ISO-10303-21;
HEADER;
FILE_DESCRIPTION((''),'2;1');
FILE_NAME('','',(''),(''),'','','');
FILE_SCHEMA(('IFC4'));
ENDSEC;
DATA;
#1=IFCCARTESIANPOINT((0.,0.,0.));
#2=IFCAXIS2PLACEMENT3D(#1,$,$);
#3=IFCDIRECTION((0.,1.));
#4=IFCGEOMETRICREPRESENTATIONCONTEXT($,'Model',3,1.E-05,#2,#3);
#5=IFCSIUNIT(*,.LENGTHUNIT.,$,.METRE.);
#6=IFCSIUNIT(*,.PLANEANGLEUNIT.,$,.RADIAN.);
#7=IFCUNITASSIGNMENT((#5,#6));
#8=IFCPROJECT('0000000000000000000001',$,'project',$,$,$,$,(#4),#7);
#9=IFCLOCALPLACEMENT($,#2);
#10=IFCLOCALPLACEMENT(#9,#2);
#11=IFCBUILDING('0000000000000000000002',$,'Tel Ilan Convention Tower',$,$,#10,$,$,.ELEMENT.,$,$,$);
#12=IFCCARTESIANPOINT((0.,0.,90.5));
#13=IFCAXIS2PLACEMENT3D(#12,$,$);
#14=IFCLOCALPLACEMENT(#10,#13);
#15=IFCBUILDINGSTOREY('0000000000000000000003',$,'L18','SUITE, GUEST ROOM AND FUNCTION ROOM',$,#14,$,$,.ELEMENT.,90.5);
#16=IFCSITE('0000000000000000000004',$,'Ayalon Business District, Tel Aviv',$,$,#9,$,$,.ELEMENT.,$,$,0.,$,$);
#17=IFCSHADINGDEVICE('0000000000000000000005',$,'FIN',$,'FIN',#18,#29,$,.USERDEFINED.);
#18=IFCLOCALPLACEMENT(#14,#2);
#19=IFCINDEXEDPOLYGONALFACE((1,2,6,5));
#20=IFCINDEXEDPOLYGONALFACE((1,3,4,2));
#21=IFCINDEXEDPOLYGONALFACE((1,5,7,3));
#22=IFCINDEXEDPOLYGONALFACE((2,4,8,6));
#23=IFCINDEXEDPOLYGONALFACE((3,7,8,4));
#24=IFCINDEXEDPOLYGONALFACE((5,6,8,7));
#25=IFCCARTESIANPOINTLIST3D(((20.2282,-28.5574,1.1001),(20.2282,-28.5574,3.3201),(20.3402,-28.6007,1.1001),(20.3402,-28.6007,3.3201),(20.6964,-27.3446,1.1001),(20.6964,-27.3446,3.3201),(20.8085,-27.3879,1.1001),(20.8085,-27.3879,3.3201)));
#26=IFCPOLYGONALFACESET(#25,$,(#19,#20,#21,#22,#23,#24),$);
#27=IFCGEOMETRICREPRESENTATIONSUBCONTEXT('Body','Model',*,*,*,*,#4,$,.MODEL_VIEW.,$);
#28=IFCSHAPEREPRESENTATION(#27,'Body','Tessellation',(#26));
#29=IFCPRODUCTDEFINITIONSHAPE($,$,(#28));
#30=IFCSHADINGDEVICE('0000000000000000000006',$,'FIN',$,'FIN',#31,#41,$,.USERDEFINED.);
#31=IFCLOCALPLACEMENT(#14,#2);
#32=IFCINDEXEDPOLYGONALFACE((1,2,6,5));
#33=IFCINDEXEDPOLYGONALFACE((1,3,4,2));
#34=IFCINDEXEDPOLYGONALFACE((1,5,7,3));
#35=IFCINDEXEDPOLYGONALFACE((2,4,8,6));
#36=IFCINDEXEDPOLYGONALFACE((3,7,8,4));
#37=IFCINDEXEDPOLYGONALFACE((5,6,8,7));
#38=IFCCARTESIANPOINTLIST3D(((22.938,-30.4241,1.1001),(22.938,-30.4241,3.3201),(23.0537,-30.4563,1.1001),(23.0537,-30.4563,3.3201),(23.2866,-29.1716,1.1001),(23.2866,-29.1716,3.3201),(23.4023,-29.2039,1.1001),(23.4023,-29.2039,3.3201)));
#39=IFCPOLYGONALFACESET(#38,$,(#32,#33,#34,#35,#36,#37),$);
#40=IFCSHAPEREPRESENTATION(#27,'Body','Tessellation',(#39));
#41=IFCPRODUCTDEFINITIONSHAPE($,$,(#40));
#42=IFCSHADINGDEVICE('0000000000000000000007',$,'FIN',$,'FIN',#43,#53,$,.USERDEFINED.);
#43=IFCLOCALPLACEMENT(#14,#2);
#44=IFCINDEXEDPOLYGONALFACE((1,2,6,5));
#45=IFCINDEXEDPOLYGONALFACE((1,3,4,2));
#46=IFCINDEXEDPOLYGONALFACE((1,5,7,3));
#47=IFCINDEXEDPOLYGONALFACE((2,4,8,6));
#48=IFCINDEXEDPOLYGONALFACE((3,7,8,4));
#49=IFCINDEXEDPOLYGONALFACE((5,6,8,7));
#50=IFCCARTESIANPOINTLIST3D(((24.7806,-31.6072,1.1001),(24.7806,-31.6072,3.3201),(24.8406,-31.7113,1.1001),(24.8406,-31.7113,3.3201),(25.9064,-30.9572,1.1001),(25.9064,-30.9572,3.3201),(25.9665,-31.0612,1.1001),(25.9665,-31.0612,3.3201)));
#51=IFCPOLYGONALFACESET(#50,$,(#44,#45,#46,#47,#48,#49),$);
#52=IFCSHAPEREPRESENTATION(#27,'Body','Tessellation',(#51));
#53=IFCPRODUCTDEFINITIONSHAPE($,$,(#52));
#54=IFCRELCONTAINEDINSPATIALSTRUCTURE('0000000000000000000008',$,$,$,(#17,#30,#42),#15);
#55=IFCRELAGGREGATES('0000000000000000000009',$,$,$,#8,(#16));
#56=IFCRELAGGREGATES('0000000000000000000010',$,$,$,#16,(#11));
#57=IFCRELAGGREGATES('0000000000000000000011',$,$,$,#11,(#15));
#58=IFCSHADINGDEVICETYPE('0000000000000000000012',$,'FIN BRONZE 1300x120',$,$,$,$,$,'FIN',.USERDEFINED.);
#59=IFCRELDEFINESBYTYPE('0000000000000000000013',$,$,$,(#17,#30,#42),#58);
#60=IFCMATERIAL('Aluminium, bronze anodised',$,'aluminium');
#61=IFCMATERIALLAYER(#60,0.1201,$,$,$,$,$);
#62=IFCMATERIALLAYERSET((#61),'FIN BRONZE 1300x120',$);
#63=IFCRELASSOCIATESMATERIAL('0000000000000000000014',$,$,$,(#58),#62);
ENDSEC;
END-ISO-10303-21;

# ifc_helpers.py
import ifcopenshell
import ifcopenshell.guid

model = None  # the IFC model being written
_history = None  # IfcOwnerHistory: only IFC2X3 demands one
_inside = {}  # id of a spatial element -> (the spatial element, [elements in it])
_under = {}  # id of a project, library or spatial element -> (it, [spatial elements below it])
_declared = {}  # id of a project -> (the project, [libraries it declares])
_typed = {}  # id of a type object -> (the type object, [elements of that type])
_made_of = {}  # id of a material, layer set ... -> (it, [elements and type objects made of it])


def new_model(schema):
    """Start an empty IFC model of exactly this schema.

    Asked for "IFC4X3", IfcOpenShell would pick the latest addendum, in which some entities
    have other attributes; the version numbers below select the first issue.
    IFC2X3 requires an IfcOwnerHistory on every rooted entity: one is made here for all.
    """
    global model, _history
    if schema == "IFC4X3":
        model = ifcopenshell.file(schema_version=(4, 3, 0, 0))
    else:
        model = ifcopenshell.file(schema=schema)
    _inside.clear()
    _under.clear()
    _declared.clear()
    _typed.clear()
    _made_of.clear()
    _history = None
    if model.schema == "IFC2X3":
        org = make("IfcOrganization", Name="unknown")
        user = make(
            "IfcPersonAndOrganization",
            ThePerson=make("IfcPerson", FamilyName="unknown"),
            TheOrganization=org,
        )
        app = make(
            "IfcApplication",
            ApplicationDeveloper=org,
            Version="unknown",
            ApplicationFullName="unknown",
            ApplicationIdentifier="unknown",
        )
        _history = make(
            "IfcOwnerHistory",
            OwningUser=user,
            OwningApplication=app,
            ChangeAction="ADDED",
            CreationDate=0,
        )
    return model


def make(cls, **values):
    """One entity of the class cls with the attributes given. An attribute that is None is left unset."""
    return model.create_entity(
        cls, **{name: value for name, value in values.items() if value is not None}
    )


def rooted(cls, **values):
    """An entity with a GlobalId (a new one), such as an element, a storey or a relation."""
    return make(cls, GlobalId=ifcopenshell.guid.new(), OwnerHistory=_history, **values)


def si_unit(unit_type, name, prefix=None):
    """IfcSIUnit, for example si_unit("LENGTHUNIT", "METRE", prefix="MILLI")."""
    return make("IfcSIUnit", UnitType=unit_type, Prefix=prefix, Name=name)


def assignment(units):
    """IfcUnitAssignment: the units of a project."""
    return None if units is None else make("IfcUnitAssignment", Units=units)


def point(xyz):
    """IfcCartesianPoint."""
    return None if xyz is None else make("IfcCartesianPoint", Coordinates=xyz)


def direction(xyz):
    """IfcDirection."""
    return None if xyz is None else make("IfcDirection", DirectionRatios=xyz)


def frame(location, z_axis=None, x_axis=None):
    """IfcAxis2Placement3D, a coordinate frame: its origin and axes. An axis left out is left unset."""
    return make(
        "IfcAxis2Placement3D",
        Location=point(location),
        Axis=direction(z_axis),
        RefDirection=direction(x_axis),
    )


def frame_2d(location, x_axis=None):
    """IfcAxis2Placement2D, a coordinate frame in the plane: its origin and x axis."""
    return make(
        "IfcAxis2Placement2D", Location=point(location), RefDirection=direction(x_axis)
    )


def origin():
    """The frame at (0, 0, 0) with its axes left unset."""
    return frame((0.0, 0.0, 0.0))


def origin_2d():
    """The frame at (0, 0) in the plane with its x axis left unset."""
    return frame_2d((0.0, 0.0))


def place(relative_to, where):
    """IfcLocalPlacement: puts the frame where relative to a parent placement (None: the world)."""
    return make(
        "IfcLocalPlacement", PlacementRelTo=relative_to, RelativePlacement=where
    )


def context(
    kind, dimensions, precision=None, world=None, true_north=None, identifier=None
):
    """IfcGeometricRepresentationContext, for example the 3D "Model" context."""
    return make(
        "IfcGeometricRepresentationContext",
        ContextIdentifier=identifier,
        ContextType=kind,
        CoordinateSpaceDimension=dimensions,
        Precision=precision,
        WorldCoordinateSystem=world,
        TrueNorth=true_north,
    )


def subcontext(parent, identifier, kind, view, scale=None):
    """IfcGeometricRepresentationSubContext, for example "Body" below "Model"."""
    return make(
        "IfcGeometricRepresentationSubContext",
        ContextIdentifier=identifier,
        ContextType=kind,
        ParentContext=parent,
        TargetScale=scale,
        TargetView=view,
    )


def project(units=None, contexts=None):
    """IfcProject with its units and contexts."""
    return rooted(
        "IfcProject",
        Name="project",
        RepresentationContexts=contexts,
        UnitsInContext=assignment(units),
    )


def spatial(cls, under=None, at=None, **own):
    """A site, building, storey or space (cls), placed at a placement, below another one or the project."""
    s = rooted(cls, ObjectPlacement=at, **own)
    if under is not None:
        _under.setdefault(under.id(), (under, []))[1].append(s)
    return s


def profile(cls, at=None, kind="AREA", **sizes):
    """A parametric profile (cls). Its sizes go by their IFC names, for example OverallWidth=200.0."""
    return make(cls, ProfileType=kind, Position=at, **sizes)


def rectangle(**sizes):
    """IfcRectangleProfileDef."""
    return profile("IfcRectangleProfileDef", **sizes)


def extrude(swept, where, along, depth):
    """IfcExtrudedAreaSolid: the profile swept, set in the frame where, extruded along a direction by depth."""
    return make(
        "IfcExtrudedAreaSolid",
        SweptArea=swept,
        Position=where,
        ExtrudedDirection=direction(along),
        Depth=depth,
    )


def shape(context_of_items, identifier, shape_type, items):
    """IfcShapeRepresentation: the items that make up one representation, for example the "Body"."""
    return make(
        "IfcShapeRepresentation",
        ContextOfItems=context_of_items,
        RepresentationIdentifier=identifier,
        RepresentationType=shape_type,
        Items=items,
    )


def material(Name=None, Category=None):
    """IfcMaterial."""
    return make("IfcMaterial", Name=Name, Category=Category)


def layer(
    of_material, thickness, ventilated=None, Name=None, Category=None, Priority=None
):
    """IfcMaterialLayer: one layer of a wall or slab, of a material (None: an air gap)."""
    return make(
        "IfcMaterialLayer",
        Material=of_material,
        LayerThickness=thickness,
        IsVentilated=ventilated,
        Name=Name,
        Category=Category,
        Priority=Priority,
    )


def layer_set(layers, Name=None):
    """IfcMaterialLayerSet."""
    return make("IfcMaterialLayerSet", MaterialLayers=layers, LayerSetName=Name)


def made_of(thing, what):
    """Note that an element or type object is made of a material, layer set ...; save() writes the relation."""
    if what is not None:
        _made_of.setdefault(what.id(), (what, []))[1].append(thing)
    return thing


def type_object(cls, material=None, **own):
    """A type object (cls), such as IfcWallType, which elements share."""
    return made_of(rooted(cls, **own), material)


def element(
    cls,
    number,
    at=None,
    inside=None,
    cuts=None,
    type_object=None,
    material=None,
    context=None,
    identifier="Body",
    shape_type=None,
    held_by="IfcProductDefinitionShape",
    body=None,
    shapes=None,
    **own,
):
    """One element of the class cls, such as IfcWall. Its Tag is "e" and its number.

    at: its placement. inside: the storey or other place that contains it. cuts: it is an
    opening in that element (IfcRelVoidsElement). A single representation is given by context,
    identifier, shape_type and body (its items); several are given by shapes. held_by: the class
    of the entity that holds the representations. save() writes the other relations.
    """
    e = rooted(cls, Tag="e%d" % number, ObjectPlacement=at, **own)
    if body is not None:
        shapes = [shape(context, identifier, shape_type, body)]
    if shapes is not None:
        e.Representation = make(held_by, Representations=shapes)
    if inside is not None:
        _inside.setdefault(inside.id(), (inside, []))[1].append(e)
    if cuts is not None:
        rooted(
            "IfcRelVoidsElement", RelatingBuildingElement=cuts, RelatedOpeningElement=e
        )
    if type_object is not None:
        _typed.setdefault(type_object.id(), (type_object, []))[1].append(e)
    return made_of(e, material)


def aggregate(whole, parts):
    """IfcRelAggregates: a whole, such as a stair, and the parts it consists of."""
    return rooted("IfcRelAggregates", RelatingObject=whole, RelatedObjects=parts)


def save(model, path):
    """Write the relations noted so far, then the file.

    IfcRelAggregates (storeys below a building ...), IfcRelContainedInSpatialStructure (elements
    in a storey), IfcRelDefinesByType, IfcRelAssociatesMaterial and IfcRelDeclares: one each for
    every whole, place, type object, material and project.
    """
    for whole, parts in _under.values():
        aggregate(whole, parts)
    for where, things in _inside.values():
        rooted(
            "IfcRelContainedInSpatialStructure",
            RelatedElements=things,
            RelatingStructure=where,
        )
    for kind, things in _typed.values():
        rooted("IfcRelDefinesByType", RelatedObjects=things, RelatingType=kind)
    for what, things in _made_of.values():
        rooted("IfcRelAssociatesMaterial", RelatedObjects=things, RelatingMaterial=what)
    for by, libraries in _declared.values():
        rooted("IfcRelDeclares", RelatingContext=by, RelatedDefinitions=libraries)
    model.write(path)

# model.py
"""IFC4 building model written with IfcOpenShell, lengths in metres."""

from ifc_helpers import new_model, si_unit, direction, frame, origin, origin_2d, place, context, subcontext, project, spatial, rectangle, extrude, material, layer, layer_set, type_object, element, save


model = new_model("IFC4")

# Units and contexts
model_context = context("Model", 3, precision=1e-05, world=origin(), true_north=direction((0.0, 1.0)))
body_context = subcontext(model_context, "Body", "Model", "MODEL_VIEW")
ifc_project = project(units=[si_unit("LENGTHUNIT", "METRE"), si_unit("PLANEANGLEUNIT", "RADIAN")], contexts=[model_context])

# Site, building, storey
site_placement = place(None, origin())
site = spatial("IfcSite", under=ifc_project, at=site_placement, Name="Ayalon Business District, Tel Aviv", CompositionType="ELEMENT", RefElevation=0.0)
building_placement = place(site_placement, origin())
building = spatial("IfcBuilding", under=site, at=building_placement, Name="Tel Ilan Convention Tower", CompositionType="ELEMENT")
storey_placement = place(building_placement, frame((0.0, 0.0, 90.5)))
storey = spatial("IfcBuildingStorey", under=building, at=storey_placement, Name="L18", Description="SUITE, GUEST ROOM AND FUNCTION ROOM", CompositionType="ELEMENT", Elevation=90.5)

# Shading devices
ifc_material_1 = material(Name="Aluminium, bronze anodised", Category="aluminium")
ifc_layer_1 = layer(ifc_material_1, 0.1201)
ifc_layer_set_1 = layer_set([ifc_layer_1], Name="FIN BRONZE 1300x120")
shading_device_type = type_object("IfcShadingDeviceType", Name="FIN BRONZE 1300x120", ElementType="FIN", PredefinedType="USERDEFINED", material=ifc_layer_set_1)
for number, where, z_axis, x_axis, name in (
    (1, (20.5183, -27.9727, 1.1001), (0.0, 0.0, 1.0), (-0.360178, -0.932884, 0.0), "FIN"),
    (2, (23.1702, -29.814, 1.1001), (0.0, 0.0, 1.0), (-0.268173, -0.963371, 0.0), "FIN"),
    (3, (25.3735, -31.3342, 1.1001), (0.0, 0.0, 1.0), (-0.866025, -0.5, 0.0), "FIN"),
):
    element("IfcShadingDevice", number, at=place(storey_placement, frame(where, z_axis=z_axis, x_axis=x_axis)), inside=storey, type_object=shading_device_type, Name=name, ObjectType="FIN", PredefinedType="USERDEFINED", context=body_context, shape_type="SweptSolid", body=[
        extrude(rectangle(XDim=1.3, YDim=0.1201, at=origin_2d()), origin(), (0.0, 0.0, 1.0), 2.22),
    ])

save(model, "model.ifc")
